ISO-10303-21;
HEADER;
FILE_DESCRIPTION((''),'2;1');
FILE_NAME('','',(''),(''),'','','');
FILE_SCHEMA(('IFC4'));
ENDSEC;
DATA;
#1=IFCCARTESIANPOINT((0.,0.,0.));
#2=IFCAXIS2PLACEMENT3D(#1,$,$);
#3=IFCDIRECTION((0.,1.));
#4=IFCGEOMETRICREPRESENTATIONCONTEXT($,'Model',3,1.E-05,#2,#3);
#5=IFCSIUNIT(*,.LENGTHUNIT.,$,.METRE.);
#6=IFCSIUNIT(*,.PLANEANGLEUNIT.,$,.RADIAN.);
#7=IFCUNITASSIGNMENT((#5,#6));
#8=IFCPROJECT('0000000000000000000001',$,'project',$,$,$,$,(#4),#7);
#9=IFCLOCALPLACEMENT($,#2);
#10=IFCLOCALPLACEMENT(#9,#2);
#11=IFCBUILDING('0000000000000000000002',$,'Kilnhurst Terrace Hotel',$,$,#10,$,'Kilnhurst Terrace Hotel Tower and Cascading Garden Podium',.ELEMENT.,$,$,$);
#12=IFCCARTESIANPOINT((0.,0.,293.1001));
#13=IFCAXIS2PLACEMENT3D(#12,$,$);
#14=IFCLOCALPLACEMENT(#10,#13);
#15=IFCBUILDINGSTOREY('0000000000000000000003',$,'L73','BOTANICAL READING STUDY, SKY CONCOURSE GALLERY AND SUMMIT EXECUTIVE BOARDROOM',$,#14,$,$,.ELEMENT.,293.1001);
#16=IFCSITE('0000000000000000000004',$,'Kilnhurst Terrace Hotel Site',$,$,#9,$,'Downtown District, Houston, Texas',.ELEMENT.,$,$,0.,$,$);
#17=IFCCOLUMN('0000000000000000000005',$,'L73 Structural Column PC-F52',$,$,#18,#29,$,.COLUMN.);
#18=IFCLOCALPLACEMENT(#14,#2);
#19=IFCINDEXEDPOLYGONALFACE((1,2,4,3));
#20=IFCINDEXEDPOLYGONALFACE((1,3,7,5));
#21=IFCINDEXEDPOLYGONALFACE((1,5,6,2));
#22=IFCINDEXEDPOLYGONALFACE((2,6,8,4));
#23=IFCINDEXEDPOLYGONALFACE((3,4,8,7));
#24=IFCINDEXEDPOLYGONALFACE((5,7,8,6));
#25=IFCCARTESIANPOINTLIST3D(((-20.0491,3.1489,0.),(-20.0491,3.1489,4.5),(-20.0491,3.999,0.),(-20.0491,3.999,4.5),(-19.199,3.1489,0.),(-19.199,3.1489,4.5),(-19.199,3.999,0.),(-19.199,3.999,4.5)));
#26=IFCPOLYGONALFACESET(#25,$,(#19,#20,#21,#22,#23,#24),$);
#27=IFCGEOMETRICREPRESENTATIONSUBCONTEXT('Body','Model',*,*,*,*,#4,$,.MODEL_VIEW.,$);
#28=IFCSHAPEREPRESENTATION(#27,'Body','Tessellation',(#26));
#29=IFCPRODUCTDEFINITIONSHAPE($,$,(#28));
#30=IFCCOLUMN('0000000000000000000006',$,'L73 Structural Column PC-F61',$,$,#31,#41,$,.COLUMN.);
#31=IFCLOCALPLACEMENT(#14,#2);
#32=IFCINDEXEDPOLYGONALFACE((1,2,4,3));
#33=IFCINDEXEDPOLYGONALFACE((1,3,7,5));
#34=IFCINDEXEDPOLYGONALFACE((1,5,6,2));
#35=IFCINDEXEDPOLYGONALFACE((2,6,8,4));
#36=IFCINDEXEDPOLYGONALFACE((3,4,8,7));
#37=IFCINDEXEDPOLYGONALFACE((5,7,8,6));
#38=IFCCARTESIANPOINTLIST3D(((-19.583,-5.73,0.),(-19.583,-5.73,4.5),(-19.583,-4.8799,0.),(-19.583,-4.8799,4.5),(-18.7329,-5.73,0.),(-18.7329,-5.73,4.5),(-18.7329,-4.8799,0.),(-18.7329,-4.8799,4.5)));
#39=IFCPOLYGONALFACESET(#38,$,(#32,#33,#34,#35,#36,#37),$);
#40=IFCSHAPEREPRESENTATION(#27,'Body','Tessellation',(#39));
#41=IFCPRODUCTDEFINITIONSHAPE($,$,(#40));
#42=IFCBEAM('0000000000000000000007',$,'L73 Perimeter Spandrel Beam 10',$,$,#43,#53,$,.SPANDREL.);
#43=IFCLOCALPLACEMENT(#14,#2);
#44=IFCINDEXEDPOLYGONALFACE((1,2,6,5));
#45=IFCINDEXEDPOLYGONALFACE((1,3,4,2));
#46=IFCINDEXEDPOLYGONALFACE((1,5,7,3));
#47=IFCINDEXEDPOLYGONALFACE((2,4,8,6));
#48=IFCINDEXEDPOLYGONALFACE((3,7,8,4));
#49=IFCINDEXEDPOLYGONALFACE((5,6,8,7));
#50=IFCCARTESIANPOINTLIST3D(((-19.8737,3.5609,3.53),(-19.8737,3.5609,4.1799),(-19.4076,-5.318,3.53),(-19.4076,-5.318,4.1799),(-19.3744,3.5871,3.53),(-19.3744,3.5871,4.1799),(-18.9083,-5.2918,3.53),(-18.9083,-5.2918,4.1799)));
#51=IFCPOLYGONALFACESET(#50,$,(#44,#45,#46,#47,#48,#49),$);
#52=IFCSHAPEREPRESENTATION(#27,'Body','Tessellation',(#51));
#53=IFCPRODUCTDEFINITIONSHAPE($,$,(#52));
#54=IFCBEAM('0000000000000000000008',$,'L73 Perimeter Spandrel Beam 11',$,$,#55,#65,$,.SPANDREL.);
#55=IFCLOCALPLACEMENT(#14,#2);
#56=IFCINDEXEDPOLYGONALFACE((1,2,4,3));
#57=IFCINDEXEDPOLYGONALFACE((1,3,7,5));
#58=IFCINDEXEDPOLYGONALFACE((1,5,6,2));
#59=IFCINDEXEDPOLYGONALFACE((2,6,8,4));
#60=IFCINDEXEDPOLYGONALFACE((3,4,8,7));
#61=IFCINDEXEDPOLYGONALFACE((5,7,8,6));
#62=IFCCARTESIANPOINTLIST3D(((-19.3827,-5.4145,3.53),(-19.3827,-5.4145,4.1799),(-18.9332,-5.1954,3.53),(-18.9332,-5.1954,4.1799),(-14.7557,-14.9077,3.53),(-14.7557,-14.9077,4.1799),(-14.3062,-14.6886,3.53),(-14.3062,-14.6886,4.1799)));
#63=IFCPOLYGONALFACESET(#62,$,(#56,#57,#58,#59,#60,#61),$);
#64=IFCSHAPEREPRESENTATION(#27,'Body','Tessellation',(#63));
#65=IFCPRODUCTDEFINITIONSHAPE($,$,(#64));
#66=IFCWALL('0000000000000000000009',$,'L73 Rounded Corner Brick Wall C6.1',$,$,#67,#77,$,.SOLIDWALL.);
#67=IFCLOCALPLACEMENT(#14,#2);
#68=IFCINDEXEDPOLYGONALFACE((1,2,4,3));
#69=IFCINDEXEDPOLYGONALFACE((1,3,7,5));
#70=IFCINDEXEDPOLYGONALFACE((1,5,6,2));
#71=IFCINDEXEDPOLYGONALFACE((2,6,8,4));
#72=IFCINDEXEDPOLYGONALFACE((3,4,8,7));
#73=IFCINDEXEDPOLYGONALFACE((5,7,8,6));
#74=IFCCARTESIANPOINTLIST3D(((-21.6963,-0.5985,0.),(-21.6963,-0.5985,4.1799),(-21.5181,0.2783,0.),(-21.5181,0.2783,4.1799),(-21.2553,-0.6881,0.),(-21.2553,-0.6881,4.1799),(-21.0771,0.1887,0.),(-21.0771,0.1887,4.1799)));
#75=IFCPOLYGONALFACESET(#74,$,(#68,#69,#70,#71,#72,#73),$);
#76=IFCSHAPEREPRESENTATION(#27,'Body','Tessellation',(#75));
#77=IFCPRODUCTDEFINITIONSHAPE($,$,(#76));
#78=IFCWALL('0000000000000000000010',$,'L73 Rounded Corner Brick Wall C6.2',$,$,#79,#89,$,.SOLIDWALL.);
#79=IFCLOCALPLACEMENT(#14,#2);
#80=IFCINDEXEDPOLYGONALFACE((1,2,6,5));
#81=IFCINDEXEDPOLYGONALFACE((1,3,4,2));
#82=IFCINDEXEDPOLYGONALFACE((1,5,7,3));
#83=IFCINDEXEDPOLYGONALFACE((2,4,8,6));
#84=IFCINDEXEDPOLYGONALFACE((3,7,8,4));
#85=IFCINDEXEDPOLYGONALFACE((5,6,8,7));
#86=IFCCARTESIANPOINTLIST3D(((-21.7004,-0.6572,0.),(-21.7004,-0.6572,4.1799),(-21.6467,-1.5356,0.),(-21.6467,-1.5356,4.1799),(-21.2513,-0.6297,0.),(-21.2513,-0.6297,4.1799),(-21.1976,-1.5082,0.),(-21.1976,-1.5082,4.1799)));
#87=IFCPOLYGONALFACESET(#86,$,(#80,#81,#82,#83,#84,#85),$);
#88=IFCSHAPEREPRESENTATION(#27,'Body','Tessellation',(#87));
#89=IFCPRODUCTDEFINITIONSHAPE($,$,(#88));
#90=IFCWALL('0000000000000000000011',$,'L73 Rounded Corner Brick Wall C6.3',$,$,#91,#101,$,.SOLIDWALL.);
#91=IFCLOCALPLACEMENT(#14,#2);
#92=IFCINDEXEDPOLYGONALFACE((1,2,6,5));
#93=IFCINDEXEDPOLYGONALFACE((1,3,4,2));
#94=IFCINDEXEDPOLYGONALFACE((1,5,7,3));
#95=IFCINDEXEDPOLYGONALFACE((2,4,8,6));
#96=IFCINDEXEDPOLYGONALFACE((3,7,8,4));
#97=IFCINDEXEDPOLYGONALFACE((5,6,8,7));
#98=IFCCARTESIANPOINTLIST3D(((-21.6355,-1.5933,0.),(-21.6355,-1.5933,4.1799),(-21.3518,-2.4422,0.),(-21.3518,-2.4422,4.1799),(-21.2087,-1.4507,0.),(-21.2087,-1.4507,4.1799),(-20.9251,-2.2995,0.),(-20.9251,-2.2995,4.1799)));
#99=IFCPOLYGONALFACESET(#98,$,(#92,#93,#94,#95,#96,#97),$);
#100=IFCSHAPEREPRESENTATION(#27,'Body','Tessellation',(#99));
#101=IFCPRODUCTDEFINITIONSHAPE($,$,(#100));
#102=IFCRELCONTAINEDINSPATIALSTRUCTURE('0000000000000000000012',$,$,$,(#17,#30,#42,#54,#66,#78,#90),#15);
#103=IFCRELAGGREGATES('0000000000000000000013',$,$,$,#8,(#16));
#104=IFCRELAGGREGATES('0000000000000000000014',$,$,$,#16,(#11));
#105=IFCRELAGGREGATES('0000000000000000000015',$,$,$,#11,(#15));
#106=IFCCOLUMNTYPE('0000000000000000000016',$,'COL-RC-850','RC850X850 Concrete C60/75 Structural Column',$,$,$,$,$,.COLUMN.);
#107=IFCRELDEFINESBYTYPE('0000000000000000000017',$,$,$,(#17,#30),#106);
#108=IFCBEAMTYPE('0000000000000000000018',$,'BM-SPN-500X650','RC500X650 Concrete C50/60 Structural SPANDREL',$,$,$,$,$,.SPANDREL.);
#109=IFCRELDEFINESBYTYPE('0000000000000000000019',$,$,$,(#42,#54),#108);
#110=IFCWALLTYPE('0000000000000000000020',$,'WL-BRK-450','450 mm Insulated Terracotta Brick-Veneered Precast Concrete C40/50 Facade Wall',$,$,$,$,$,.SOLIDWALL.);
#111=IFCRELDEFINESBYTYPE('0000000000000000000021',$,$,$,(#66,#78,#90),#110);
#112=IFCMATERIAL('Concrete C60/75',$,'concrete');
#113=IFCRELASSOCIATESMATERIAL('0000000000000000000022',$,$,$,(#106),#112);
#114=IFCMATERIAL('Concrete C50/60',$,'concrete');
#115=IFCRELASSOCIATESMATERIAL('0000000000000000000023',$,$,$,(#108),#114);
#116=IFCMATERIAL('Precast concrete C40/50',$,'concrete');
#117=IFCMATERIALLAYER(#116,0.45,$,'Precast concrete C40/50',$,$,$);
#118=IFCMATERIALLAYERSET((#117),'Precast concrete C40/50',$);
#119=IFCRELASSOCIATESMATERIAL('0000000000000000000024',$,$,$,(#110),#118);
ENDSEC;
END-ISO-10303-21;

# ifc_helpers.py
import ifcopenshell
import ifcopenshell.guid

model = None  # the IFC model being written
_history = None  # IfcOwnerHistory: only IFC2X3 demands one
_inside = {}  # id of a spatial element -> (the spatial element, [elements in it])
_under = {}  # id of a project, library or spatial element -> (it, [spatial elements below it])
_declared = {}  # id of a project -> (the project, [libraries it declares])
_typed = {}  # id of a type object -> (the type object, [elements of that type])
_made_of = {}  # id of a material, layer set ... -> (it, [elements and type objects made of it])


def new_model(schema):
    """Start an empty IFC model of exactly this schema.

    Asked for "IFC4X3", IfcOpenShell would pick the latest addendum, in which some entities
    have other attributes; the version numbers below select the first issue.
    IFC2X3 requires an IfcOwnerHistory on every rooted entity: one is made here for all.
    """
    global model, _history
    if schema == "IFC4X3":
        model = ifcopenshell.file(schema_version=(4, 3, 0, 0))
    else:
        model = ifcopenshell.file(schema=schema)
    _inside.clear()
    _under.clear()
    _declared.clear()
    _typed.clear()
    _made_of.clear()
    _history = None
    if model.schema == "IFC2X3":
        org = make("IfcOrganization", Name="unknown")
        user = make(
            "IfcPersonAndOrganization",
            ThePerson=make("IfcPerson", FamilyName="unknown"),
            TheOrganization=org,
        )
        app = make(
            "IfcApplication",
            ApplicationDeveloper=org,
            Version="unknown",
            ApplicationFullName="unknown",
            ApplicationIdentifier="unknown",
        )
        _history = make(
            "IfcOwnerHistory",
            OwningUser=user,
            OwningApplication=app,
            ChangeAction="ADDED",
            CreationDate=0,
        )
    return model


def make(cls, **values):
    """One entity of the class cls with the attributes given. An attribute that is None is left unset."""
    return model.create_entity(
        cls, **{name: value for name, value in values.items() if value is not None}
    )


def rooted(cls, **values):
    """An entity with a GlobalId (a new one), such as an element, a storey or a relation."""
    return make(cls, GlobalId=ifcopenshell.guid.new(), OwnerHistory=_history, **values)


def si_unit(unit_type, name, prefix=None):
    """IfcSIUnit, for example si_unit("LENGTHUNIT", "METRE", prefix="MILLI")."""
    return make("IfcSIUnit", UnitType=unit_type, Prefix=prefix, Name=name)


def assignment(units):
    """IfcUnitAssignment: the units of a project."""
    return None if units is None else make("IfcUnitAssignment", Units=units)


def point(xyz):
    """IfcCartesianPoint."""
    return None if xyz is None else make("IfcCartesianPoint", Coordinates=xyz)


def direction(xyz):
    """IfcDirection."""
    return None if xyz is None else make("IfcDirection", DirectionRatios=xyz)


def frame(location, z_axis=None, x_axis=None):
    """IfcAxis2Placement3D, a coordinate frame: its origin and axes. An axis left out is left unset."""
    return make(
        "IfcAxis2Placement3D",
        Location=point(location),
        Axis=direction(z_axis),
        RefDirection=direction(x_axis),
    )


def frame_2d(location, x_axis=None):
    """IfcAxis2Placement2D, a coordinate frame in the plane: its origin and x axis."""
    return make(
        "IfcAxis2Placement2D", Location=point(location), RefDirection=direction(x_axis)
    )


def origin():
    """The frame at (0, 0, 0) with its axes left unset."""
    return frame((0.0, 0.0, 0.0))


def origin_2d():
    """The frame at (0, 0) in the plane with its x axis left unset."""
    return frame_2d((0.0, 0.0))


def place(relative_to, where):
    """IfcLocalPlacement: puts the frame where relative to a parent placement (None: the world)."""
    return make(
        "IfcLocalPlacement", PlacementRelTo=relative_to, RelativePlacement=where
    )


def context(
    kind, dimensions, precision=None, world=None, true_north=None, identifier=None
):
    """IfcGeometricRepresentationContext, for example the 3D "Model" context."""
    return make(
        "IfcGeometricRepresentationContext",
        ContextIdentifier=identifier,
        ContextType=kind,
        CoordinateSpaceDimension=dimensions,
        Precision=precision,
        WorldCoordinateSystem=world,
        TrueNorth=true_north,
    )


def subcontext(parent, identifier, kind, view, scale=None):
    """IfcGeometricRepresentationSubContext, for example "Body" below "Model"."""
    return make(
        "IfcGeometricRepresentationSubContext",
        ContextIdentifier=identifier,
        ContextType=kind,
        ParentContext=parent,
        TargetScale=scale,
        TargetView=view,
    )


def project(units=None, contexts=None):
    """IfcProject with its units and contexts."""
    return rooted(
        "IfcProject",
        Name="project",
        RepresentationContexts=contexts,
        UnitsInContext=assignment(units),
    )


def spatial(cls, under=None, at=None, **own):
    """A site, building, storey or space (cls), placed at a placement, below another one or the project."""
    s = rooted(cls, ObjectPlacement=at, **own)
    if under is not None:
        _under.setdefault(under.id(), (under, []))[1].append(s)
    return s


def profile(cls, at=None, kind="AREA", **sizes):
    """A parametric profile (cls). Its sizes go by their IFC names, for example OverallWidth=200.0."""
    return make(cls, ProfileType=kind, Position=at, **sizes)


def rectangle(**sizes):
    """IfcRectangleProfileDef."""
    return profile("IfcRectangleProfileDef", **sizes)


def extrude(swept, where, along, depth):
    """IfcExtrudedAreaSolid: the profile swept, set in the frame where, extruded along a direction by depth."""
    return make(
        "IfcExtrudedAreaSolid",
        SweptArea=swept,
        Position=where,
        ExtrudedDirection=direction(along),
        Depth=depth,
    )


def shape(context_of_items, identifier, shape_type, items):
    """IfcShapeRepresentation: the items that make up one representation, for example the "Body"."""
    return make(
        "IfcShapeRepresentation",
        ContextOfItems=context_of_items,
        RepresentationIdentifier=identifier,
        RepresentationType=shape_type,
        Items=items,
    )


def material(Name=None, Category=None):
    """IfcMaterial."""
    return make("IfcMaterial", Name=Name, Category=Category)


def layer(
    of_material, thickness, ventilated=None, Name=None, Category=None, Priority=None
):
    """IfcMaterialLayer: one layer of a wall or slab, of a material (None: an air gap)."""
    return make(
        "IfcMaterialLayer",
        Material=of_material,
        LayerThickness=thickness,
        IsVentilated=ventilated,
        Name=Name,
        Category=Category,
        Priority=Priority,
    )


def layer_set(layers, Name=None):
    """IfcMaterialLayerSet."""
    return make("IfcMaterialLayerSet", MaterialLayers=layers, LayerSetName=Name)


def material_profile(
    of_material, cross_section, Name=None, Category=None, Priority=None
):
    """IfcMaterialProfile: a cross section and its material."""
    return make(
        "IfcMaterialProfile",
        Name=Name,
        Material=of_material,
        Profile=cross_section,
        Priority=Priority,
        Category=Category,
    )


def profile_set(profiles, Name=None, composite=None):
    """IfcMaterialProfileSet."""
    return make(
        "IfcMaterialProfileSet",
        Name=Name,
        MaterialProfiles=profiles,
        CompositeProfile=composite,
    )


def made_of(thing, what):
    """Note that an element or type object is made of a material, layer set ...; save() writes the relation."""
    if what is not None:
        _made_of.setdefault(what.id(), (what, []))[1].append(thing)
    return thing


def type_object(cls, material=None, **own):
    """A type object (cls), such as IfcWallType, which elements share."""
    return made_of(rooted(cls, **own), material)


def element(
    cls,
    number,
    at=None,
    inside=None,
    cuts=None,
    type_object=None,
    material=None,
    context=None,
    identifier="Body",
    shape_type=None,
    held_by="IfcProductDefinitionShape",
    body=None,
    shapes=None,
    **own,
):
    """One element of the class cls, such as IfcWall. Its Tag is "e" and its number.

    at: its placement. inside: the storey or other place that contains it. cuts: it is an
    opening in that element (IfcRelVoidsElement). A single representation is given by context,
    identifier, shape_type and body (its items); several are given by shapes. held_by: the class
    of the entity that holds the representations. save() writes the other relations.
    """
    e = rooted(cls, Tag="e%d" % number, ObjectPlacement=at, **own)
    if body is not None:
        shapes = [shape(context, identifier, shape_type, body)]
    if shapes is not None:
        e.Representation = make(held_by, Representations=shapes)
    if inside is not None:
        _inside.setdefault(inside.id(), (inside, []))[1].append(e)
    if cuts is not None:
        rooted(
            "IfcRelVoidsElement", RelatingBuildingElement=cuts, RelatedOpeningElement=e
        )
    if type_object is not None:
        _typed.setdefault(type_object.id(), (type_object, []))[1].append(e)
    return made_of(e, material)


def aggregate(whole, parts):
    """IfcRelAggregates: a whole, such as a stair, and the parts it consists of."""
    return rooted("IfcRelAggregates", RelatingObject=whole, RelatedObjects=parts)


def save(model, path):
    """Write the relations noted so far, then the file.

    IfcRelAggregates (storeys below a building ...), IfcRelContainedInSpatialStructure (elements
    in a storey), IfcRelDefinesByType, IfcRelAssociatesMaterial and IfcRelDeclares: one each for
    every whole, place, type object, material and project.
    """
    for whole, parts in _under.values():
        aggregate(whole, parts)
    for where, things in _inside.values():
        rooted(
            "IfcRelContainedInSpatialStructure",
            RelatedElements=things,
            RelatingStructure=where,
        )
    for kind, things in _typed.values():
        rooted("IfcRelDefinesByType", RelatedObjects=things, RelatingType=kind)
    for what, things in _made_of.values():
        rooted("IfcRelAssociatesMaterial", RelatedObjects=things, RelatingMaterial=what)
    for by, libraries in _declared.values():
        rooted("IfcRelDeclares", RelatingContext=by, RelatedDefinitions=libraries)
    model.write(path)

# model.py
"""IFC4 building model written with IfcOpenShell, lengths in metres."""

from ifc_helpers import new_model, si_unit, direction, frame, frame_2d, origin, origin_2d, place, context, subcontext, project, spatial, rectangle, extrude, material, layer, layer_set, material_profile, profile_set, type_object, element, save


model = new_model("IFC4")

# Units and contexts
model_context = context("Model", 3, precision=1e-05, world=origin(), true_north=direction((0.0, 1.0)))
body_context = subcontext(model_context, "Body", "Model", "MODEL_VIEW")
ifc_project = project(units=[si_unit("LENGTHUNIT", "METRE"), si_unit("PLANEANGLEUNIT", "RADIAN")], contexts=[model_context])

# Site, building, storey
site_placement = place(None, origin())
site = spatial("IfcSite", under=ifc_project, at=site_placement, Name="Kilnhurst Terrace Hotel Site", LongName="Downtown District, Houston, Texas", CompositionType="ELEMENT", RefElevation=0.0)
building_placement = place(site_placement, origin())
building = spatial("IfcBuilding", under=site, at=building_placement, Name="Kilnhurst Terrace Hotel", LongName="Kilnhurst Terrace Hotel Tower and Cascading Garden Podium", CompositionType="ELEMENT")
storey_placement = place(building_placement, frame((0.0, 0.0, 293.1001)))
storey = spatial("IfcBuildingStorey", under=building, at=storey_placement, Name="L73", Description="BOTANICAL READING STUDY, SKY CONCOURSE GALLERY AND SUMMIT EXECUTIVE BOARDROOM", CompositionType="ELEMENT", Elevation=293.1001)

# Columns
ifc_material_1 = material(Name="Concrete C60/75", Category="concrete")
ifc_material_profile_1 = material_profile(ifc_material_1, rectangle(XDim=0.8501, YDim=0.8501, at=origin_2d()), Name="RC850X850")
ifc_profile_set_1 = profile_set([ifc_material_profile_1], Name="Concrete C60/75")
column_type = type_object("IfcColumnType", Name="COL-RC-850", Description="RC850X850 Concrete C60/75 Structural Column", PredefinedType="COLUMN", material=ifc_profile_set_1)
for number, where, z_axis, x_axis, name in (
    (1, (-19.624, 3.574, 0.0), (0.0, 0.0, 1.0), (1.0, 0.0, 0.0), "L73 Structural Column PC-F52"),
    (2, (-19.158, -5.3049, 0.0), (0.0, 0.0, 1.0), (1.0, 0.0, 0.0), "L73 Structural Column PC-F61"),
):
    element("IfcColumn", number, at=place(storey_placement, frame(where, z_axis=z_axis, x_axis=x_axis)), inside=storey, type_object=column_type, Name=name, PredefinedType="COLUMN", context=body_context, shape_type="SweptSolid", body=[
        extrude(rectangle(XDim=0.8501, YDim=0.8501, at=origin_2d()), origin(), (0.0, 0.0, 1.0), 4.5),
    ])

# Beams
ifc_material_2 = material(Name="Concrete C50/60", Category="concrete")
ifc_material_profile_2 = material_profile(ifc_material_2, rectangle(XDim=0.5, YDim=0.6499, at=origin_2d()), Name="RC500X650")
ifc_profile_set_2 = profile_set([ifc_material_profile_2], Name="Concrete C50/60")
beam_type = type_object("IfcBeamType", Name="BM-SPN-500X650", Description="RC500X650 Concrete C50/60 Structural SPANDREL", PredefinedType="SPANDREL", material=ifc_profile_set_2)
beam_1_placement = place(storey_placement, frame((-19.624, 3.574, 3.855), z_axis=(0.052419, -0.998625, 0.0), x_axis=(0.998625, 0.052419, 0.0)))
element("IfcBeam", 3, at=beam_1_placement, inside=storey, type_object=beam_type, Name="L73 Perimeter Spandrel Beam 10", PredefinedType="SPANDREL", context=body_context, shape_type="SweptSolid", body=[
    extrude(rectangle(XDim=0.5, YDim=0.6499, at=origin_2d()), origin(), (0.0, 0.0, 1.0), 8.8911),
])
beam_2_placement = place(storey_placement, frame((-19.158, -5.3049, 3.855), z_axis=(0.438128, -0.898912, 0.0), x_axis=(0.898912, 0.438128, 0.0)))
element("IfcBeam", 4, at=beam_2_placement, inside=storey, type_object=beam_type, Name="L73 Perimeter Spandrel Beam 11", PredefinedType="SPANDREL", context=body_context, shape_type="SweptSolid", body=[
    extrude(rectangle(XDim=0.5, YDim=0.6499, at=origin_2d()), origin(), (0.0, 0.0, 1.0), 10.5608),
])

# Walls
ifc_material_3 = material(Name="Precast concrete C40/50", Category="concrete")
ifc_layer_1 = layer(ifc_material_3, 0.45, Name="Precast concrete C40/50")
ifc_layer_set_1 = layer_set([ifc_layer_1], Name="Precast concrete C40/50")
wall_type_1 = type_object("IfcWallType", Name="WL-BRK-450", Description="450 mm Insulated Terracotta Brick-Veneered Precast Concrete C40/50 Facade Wall", PredefinedType="SOLIDWALL", material=ifc_layer_set_1)
wall_1_placement = place(storey_placement, frame((-21.2976, 0.2334, 0.0), z_axis=(0.0, 0.0, 1.0), x_axis=(-0.199158, -0.979967, 0.0)))
element("IfcWall", 5, at=wall_1_placement, inside=storey, type_object=wall_type_1, Name="L73 Rounded Corner Brick Wall C6.1", PredefinedType="SOLIDWALL", context=body_context, shape_type="SweptSolid", body=[
    extrude(rectangle(XDim=0.8948, YDim=0.45, at=frame_2d((0.4473, 0.0))), origin(), (0.0, 0.0, 1.0), 4.1799),
])
wall_2_placement = place(storey_placement, frame((-21.4758, -0.6436, 0.0), z_axis=(0.0, 0.0, 1.0), x_axis=(0.061031, -0.998136, 0.0)))
element("IfcWall", 6, at=wall_2_placement, inside=storey, type_object=wall_type_1, Name="L73 Rounded Corner Brick Wall C6.2", PredefinedType="SOLIDWALL", context=body_context, shape_type="SweptSolid", body=[
    extrude(rectangle(XDim=0.8801, YDim=0.45, at=frame_2d((0.4399, 0.0))), origin(), (0.0, 0.0, 1.0), 4.1799),
])
wall_3_placement = place(storey_placement, frame((-21.4221, -1.522, 0.0), z_axis=(0.0, 0.0, 1.0), x_axis=(0.316964, -0.948438, 0.0)))
element("IfcWall", 7, at=wall_3_placement, inside=storey, type_object=wall_type_1, Name="L73 Rounded Corner Brick Wall C6.3", PredefinedType="SOLIDWALL", context=body_context, shape_type="SweptSolid", body=[
    extrude(rectangle(XDim=0.895, YDim=0.45, at=frame_2d((0.4475, 0.0))), origin(), (0.0, 0.0, 1.0), 4.1799),
])

save(model, "model.ifc")
